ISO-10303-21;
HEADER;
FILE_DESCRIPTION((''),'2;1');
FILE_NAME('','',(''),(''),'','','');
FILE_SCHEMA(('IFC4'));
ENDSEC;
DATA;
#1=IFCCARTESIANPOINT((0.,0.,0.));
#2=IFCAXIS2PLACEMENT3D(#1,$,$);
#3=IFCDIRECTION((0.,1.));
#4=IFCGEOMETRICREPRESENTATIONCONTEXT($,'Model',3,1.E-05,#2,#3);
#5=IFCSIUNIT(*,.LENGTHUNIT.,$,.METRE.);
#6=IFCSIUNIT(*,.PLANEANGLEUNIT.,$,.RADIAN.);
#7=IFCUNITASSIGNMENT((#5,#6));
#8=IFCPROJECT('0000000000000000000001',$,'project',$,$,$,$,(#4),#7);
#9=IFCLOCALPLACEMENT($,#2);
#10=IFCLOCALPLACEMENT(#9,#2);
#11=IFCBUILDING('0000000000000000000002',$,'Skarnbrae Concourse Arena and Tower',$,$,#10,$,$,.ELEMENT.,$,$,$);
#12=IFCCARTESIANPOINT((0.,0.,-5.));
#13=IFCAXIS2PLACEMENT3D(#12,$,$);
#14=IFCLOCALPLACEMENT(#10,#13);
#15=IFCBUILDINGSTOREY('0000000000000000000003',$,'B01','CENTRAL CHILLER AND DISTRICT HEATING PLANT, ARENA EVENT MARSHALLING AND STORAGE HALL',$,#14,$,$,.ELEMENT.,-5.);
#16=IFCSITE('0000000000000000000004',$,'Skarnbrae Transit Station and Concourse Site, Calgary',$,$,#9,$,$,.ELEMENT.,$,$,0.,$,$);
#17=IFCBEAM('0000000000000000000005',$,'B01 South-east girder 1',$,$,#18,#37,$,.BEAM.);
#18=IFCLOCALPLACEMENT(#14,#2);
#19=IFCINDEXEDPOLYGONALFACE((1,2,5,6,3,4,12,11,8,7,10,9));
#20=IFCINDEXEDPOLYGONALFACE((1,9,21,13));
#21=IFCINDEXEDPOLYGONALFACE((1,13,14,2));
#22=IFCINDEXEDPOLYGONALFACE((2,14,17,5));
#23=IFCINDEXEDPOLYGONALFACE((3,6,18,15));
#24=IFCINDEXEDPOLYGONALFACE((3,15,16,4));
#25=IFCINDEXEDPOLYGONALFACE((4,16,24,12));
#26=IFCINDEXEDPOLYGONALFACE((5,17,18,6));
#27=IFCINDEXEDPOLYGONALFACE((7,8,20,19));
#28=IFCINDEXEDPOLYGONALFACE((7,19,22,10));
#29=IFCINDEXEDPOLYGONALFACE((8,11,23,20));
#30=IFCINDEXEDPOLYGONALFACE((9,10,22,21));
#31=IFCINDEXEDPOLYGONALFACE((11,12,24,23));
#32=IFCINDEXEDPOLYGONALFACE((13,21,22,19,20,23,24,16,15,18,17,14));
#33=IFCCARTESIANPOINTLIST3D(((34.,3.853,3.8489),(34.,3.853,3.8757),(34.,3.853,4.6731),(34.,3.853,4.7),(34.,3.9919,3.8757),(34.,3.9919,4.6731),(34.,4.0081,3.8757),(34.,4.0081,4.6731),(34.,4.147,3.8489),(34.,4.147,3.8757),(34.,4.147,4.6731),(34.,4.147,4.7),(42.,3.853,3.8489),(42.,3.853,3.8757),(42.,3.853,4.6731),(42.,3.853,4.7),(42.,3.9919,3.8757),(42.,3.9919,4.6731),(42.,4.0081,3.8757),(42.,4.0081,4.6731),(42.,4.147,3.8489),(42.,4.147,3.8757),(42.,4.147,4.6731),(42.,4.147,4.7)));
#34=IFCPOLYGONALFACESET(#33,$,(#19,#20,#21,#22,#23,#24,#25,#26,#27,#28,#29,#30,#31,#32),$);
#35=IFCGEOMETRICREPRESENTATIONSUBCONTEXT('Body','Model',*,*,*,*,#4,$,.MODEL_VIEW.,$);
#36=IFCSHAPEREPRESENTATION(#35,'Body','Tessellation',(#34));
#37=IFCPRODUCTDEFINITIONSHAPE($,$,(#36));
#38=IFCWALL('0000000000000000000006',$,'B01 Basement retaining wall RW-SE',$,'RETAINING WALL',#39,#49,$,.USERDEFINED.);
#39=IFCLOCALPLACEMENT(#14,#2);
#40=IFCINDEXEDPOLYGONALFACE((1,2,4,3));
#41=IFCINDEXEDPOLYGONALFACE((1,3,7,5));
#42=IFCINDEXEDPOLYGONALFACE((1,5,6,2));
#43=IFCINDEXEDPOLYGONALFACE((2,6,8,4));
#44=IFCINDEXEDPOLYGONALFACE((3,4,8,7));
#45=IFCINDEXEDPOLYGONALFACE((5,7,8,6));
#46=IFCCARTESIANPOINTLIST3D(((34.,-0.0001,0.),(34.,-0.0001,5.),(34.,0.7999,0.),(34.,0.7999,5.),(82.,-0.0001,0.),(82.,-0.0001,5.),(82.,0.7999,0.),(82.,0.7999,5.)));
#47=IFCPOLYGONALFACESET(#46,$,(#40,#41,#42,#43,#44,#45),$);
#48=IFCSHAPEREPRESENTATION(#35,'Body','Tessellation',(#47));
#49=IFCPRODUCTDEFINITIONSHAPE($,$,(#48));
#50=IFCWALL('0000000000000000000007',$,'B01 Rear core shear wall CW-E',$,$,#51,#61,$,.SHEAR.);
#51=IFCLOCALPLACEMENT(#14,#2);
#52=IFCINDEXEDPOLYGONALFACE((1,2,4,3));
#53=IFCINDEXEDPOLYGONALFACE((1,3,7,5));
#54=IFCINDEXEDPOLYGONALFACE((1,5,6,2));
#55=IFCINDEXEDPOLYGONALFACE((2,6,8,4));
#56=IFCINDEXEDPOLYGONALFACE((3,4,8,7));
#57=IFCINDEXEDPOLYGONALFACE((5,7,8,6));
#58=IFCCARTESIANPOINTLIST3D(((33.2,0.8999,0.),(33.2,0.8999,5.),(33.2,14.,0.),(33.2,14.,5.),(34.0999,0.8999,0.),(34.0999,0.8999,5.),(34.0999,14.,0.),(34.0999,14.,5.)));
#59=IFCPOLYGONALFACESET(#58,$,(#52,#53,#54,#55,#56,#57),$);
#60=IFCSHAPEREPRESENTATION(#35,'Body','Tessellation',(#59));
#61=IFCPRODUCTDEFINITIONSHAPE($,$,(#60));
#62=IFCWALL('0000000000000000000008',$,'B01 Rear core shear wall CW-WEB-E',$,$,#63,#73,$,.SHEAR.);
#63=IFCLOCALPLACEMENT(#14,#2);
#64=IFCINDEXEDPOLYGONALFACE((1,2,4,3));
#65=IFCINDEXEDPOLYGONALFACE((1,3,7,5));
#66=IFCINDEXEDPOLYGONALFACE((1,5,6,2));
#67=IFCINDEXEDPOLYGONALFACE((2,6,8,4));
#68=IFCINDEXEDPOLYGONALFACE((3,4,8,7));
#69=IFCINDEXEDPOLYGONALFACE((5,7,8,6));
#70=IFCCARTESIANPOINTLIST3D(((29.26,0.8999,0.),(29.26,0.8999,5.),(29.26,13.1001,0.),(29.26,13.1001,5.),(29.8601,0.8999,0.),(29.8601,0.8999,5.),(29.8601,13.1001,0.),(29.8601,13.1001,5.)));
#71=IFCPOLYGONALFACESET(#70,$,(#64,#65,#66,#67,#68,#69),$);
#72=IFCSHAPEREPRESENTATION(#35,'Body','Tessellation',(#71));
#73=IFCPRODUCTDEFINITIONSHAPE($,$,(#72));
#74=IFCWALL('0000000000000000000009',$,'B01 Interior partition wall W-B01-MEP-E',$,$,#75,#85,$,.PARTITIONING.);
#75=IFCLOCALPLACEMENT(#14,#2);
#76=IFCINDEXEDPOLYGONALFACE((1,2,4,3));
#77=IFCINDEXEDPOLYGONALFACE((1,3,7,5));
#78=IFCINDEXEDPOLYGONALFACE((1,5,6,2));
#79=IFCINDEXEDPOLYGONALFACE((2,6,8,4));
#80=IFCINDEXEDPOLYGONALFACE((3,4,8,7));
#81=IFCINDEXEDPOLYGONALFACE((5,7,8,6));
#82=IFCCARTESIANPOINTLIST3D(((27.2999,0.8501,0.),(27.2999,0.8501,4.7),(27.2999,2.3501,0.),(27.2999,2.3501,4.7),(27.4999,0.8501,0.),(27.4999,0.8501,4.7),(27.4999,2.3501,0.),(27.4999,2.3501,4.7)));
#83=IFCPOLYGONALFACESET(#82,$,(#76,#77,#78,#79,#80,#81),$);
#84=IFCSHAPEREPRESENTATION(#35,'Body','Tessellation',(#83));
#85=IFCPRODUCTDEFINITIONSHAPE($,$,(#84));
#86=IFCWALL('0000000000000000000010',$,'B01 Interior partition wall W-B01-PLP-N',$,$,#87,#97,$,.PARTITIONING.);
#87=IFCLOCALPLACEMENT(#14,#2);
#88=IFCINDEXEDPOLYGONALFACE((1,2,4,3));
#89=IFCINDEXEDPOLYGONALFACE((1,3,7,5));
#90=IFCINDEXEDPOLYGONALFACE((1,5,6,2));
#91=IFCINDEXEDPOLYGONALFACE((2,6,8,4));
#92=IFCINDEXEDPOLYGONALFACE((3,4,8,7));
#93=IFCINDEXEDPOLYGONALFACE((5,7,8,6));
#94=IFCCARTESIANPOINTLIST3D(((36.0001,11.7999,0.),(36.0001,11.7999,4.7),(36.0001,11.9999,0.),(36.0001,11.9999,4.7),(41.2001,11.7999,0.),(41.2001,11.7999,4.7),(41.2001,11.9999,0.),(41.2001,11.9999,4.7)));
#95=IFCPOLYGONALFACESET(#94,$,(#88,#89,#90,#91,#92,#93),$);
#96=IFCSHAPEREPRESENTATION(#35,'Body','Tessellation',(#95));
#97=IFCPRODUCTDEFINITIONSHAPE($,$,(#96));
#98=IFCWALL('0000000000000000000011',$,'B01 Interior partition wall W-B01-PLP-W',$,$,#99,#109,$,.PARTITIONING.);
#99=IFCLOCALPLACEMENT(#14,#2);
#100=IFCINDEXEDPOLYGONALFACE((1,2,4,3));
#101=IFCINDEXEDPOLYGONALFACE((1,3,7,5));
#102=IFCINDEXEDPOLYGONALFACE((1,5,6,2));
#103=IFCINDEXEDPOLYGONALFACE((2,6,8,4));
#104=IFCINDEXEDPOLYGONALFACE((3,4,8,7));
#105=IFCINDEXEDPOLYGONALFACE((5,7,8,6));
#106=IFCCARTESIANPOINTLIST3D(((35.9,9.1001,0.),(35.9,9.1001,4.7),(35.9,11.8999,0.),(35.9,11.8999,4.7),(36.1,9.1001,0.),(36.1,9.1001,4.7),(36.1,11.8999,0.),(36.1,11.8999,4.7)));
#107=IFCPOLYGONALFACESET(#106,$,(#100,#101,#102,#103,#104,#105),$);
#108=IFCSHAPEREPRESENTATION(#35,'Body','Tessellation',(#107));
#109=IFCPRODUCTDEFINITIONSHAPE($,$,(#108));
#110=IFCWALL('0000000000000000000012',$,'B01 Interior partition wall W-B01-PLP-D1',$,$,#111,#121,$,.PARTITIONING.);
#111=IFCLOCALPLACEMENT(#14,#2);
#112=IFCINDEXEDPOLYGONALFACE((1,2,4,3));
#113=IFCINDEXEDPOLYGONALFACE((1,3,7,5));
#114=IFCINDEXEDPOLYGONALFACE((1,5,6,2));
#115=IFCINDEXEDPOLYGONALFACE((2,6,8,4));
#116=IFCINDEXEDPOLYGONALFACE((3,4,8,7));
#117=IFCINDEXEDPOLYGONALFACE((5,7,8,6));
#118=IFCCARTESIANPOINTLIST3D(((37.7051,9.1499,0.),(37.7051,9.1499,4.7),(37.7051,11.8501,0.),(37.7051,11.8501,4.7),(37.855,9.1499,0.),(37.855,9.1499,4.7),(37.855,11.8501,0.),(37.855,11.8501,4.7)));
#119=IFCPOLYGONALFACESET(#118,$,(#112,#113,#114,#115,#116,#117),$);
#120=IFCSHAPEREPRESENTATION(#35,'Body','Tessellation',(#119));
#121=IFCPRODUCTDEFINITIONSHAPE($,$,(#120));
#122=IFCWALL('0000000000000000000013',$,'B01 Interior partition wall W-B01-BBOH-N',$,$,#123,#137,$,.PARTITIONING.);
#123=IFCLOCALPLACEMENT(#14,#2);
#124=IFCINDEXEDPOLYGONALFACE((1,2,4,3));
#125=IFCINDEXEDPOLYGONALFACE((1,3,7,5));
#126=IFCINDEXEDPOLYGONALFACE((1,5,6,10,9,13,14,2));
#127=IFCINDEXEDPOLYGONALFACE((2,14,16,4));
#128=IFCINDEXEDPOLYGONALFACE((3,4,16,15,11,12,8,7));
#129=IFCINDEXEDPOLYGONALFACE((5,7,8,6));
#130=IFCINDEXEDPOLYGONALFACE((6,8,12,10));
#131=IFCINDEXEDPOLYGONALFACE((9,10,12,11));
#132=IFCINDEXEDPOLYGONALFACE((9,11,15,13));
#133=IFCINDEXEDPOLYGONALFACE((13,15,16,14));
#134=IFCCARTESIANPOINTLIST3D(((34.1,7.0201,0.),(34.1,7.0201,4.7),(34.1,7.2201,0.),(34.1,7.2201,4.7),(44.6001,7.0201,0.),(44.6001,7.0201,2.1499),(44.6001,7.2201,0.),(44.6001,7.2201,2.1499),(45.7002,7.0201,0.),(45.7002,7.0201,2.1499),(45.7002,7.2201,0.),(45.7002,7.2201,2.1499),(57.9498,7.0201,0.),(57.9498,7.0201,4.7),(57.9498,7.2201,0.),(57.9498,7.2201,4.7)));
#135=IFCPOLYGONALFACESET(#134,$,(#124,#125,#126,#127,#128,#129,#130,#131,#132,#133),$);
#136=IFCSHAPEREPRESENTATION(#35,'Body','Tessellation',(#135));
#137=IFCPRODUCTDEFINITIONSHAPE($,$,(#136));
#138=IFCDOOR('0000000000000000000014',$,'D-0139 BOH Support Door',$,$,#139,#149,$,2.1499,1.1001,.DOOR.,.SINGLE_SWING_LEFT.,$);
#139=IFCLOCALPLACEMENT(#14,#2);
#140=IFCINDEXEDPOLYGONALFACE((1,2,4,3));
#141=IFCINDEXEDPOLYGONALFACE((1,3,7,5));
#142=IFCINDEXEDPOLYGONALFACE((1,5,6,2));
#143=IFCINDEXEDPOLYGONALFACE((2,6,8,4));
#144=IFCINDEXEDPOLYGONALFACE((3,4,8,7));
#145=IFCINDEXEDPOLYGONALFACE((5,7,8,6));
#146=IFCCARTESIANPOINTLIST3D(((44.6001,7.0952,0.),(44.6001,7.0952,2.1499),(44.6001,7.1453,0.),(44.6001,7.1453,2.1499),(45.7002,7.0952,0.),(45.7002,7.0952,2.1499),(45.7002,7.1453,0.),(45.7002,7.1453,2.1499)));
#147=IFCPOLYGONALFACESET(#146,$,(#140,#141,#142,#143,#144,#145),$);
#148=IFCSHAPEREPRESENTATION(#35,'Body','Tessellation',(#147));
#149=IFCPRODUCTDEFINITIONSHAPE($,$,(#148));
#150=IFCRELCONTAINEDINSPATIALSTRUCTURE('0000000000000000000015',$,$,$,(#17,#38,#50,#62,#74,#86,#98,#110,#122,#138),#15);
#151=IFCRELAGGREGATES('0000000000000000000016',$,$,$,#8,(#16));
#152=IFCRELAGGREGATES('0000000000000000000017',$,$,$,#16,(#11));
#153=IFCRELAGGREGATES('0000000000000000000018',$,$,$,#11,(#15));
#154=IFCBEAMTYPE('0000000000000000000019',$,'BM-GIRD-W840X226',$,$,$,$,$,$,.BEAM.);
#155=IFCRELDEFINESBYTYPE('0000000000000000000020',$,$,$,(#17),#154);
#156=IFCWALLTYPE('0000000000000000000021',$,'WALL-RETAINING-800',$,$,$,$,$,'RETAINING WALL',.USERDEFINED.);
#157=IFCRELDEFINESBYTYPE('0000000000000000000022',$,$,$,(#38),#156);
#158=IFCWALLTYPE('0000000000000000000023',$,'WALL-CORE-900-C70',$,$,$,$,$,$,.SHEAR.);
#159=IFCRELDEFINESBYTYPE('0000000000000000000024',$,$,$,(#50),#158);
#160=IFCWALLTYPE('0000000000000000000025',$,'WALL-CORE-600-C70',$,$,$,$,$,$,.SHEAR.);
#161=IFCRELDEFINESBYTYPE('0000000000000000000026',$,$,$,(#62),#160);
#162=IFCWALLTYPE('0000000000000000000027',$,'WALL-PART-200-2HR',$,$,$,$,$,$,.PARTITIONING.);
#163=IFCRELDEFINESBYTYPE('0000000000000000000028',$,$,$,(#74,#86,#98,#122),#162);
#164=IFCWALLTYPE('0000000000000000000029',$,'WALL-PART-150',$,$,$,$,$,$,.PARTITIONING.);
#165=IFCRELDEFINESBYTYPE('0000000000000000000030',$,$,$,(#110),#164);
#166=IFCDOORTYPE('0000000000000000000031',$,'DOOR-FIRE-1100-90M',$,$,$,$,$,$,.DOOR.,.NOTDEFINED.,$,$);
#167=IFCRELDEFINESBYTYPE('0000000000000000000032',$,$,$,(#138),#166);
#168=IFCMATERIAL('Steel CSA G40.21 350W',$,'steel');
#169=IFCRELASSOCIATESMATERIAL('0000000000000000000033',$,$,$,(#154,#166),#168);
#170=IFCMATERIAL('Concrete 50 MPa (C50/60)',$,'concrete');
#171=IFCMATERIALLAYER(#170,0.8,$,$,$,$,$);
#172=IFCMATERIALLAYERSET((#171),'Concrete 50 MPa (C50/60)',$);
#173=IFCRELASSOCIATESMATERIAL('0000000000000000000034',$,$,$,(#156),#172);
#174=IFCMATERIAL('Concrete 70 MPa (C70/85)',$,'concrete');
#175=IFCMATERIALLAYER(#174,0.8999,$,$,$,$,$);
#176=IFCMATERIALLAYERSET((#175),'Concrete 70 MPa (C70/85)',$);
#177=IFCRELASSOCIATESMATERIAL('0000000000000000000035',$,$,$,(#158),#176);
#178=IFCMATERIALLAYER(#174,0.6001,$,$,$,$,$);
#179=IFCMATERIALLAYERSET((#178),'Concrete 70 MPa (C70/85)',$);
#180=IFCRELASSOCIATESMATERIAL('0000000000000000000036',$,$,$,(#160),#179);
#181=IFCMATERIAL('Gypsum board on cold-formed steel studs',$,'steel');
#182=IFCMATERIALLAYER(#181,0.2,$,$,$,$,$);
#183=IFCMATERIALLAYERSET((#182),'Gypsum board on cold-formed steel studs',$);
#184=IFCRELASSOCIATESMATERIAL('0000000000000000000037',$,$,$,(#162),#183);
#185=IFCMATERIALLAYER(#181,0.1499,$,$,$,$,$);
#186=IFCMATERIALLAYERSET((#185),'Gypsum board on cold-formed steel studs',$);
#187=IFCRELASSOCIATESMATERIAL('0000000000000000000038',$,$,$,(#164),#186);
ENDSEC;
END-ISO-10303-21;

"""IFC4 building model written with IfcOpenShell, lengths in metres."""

from ifc_helpers import new_model, si_unit, direction, frame, frame_2d, origin, origin_2d, place, context, subcontext, project, spatial, rectangle, i_section, extrude, source, transform, mapped, material, layer, layer_set, material_profile, profile_set, type_object, element, fill, save


model = new_model("IFC4")

# Units and contexts
model_context = context("Model", 3, precision=1e-05, world=origin(), true_north=direction((0.0, 1.0)))
body_context = subcontext(model_context, "Body", "Model", "MODEL_VIEW")
ifc_project = project(units=[si_unit("LENGTHUNIT", "METRE"), si_unit("PLANEANGLEUNIT", "RADIAN")], contexts=[model_context])

# Site, building, storey
site_placement = place(None, origin())
site = spatial("IfcSite", under=ifc_project, at=site_placement, Name="Skarnbrae Transit Station and Concourse Site, Calgary", CompositionType="ELEMENT", RefElevation=0.0)
building_placement = place(site_placement, origin())
building = spatial("IfcBuilding", under=site, at=building_placement, Name="Skarnbrae Concourse Arena and Tower", CompositionType="ELEMENT")
storey_placement = place(building_placement, frame((0.0, 0.0, -5.0)))
storey = spatial("IfcBuildingStorey", under=building, at=storey_placement, Name="B01", Description="CENTRAL CHILLER AND DISTRICT HEATING PLANT, ARENA EVENT MARSHALLING AND STORAGE HALL", CompositionType="ELEMENT", Elevation=-5.0)

# Beam
ifc_material_1 = material(Name="Steel CSA G40.21 350W", Category="steel")
ifc_material_profile = material_profile(ifc_material_1, i_section(OverallWidth=0.2939, OverallDepth=0.8511, WebThickness=0.0161, FlangeThickness=0.0269, at=origin_2d()), Name="W840X226")
ifc_profile_set = profile_set([ifc_material_profile], Name="Steel CSA G40.21 350W")
beam_type = type_object("IfcBeamType", Name="BM-GIRD-W840X226", PredefinedType="BEAM", material=ifc_profile_set)
shared_shape_1 = source(origin(), body_context, "Body", "SweptSolid", [
    extrude(i_section(OverallWidth=0.2939, OverallDepth=0.8511, WebThickness=0.0161, FlangeThickness=0.0269, at=origin_2d()), origin(), (0.0, 0.0, 1.0), 8.0),
])
beam_placement = place(storey_placement, frame((34.0, 4.0, 4.2744), z_axis=(1.0, 0.0, 0.0), x_axis=(0.0, 1.0, 0.0)))
element("IfcBeam", 1, at=beam_placement, inside=storey, type_object=beam_type, Name="B01 South-east girder 1", PredefinedType="BEAM", context=body_context, shape_type="MappedRepresentation", body=[
    mapped(shared_shape_1, transform((0.0, 0.0, 0.0))),
])

# Walls
ifc_material_2 = material(Name="Concrete 50 MPa (C50/60)", Category="concrete")
ifc_layer_1 = layer(ifc_material_2, 0.8)
ifc_layer_set_1 = layer_set([ifc_layer_1], Name="Concrete 50 MPa (C50/60)")
wall_type_1 = type_object("IfcWallType", Name="WALL-RETAINING-800", ElementType="RETAINING WALL", PredefinedType="USERDEFINED", material=ifc_layer_set_1)
shared_shape_2 = source(origin(), body_context, "Body", "SweptSolid", [
    extrude(rectangle(XDim=48.0, YDim=0.8, at=frame_2d((24.0, 0.0))), origin(), (0.0, 0.0, 1.0), 5.0),
])
wall_1_placement = place(storey_placement, frame((34.0, 0.3999, 0.0), z_axis=(0.0, 0.0, 1.0), x_axis=(1.0, 0.0, 0.0)))
element("IfcWall", 2, at=wall_1_placement, inside=storey, type_object=wall_type_1, Name="B01 Basement retaining wall RW-SE", ObjectType="RETAINING WALL", PredefinedType="USERDEFINED", context=body_context, shape_type="MappedRepresentation", body=[
    mapped(shared_shape_2, transform((0.0, 0.0, 0.0))),
])
ifc_material_3 = material(Name="Concrete 70 MPa (C70/85)", Category="concrete")
ifc_layer_2 = layer(ifc_material_3, 0.8999)
ifc_layer_set_2 = layer_set([ifc_layer_2], Name="Concrete 70 MPa (C70/85)")
wall_type_2 = type_object("IfcWallType", Name="WALL-CORE-900-C70", PredefinedType="SHEAR", material=ifc_layer_set_2)
shared_shape_3 = source(origin(), body_context, "Body", "SweptSolid", [
    extrude(rectangle(XDim=13.1001, YDim=0.8999, at=frame_2d((6.55, 0.0))), origin(), (0.0, 0.0, 1.0), 5.0),
])
wall_2_placement = place(storey_placement, frame((33.6499, 0.8999, 0.0), z_axis=(0.0, 0.0, 1.0), x_axis=(0.0, 1.0, 0.0)))
element("IfcWall", 3, at=wall_2_placement, inside=storey, type_object=wall_type_2, Name="B01 Rear core shear wall CW-E", PredefinedType="SHEAR", context=body_context, shape_type="MappedRepresentation", body=[
    mapped(shared_shape_3, transform((0.0, 0.0, 0.0))),
])
ifc_layer_3 = layer(ifc_material_3, 0.6001)
ifc_layer_set_3 = layer_set([ifc_layer_3], Name="Concrete 70 MPa (C70/85)")
wall_type_3 = type_object("IfcWallType", Name="WALL-CORE-600-C70", PredefinedType="SHEAR", material=ifc_layer_set_3)
shared_shape_4 = source(origin(), body_context, "Body", "SweptSolid", [
    extrude(rectangle(XDim=12.2002, YDim=0.6001, at=frame_2d((6.1001, 0.0))), origin(), (0.0, 0.0, 1.0), 5.0),
])
wall_3_placement = place(storey_placement, frame((29.5601, 0.8999, 0.0), z_axis=(0.0, 0.0, 1.0), x_axis=(0.0, 1.0, 0.0)))
element("IfcWall", 4, at=wall_3_placement, inside=storey, type_object=wall_type_3, Name="B01 Rear core shear wall CW-WEB-E", PredefinedType="SHEAR", context=body_context, shape_type="MappedRepresentation", body=[
    mapped(shared_shape_4, transform((0.0, 0.0, 0.0))),
])

# Shared definitions
door_type_1 = type_object("IfcDoorType", Name="DOOR-FIRE-1100-90M", OperationType="NOTDEFINED", PredefinedType="DOOR", material=ifc_material_1)
shared_shape_5 = source(origin(), body_context, "Body", "SweptSolid", [
    extrude(rectangle(XDim=1.1001, YDim=2.1499, at=frame_2d((0.55, 1.075))), frame((0.0, 0.0249, 0.0), z_axis=(0.0, -1.0, 0.0), x_axis=(1.0, 0.0, 0.0)), (0.0, 0.0, 1.0), 0.05),
])

# Wall
ifc_material_4 = material(Name="Gypsum board on cold-formed steel studs", Category="steel")
ifc_layer_4 = layer(ifc_material_4, 0.2)
ifc_layer_set_4 = layer_set([ifc_layer_4], Name="Gypsum board on cold-formed steel studs")
wall_type_4 = type_object("IfcWallType", Name="WALL-PART-200-2HR", PredefinedType="PARTITIONING", material=ifc_layer_set_4)
shared_shape_6 = source(origin(), body_context, "Body", "SweptSolid", [
    extrude(rectangle(XDim=1.5, YDim=0.2, at=frame_2d((0.75, 0.0))), origin(), (0.0, 0.0, 1.0), 4.7),
])
wall_4_placement = place(storey_placement, frame((27.3999, 0.8501, 0.0), z_axis=(0.0, 0.0, 1.0), x_axis=(0.0, 1.0, 0.0)))
element("IfcWall", 5, at=wall_4_placement, inside=storey, type_object=wall_type_4, Name="B01 Interior partition wall W-B01-MEP-E", PredefinedType="PARTITIONING", context=body_context, shape_type="MappedRepresentation", body=[
    mapped(shared_shape_6, transform((0.0, 0.0, 0.0))),
])

# Shared definitions
shared_shape_7 = source(origin(), body_context, "Body", "SweptSolid", [
    extrude(rectangle(XDim=5.2, YDim=0.2, at=frame_2d((2.6001, 0.0))), origin(), (0.0, 0.0, 1.0), 4.7),
])

# Walls
wall_5_placement = place(storey_placement, frame((36.0, 11.8999, 0.0), z_axis=(0.0, 0.0, 1.0), x_axis=(1.0, 0.0, 0.0)))
element("IfcWall", 6, at=wall_5_placement, inside=storey, type_object=wall_type_4, Name="B01 Interior partition wall W-B01-PLP-N", PredefinedType="PARTITIONING", context=body_context, shape_type="MappedRepresentation", body=[
    mapped(shared_shape_7, transform((0.0, 0.0, 0.0))),
])
shared_shape_8 = source(origin(), body_context, "Body", "SweptSolid", [
    extrude(rectangle(XDim=2.7998, YDim=0.2, at=frame_2d((1.3999, 0.0))), origin(), (0.0, 0.0, 1.0), 4.7),
])
wall_6_placement = place(storey_placement, frame((36.0, 9.1001, 0.0), z_axis=(0.0, 0.0, 1.0), x_axis=(0.0, 1.0, 0.0)))
element("IfcWall", 7, at=wall_6_placement, inside=storey, type_object=wall_type_4, Name="B01 Interior partition wall W-B01-PLP-W", PredefinedType="PARTITIONING", context=body_context, shape_type="MappedRepresentation", body=[
    mapped(shared_shape_8, transform((0.0, 0.0, 0.0))),
])
ifc_layer_5 = layer(ifc_material_4, 0.1499)
ifc_layer_set_5 = layer_set([ifc_layer_5], Name="Gypsum board on cold-formed steel studs")
wall_type_5 = type_object("IfcWallType", Name="WALL-PART-150", PredefinedType="PARTITIONING", material=ifc_layer_set_5)
shared_shape_9 = source(origin(), body_context, "Body", "SweptSolid", [
    extrude(rectangle(XDim=2.7002, YDim=0.1499, at=frame_2d((1.3501, 0.0))), origin(), (0.0, 0.0, 1.0), 4.7),
])
wall_7_placement = place(storey_placement, frame((37.78, 9.1499, 0.0), z_axis=(0.0, 0.0, 1.0), x_axis=(0.0, 1.0, 0.0)))
element("IfcWall", 8, at=wall_7_placement, inside=storey, type_object=wall_type_5, Name="B01 Interior partition wall W-B01-PLP-D1", PredefinedType="PARTITIONING", context=body_context, shape_type="MappedRepresentation", body=[
    mapped(shared_shape_9, transform((0.0, 0.0, 0.0))),
])

# Wall, opening, door
shared_shape_10 = source(origin(), body_context, "Body", "SweptSolid", [
    extrude(rectangle(XDim=23.8499, YDim=0.2, at=frame_2d((11.9248, 0.0))), origin(), (0.0, 0.0, 1.0), 4.7),
])
wall_8_placement = place(storey_placement, frame((34.1001, 7.1201, 0.0), z_axis=(0.0, 0.0, 1.0), x_axis=(1.0, 0.0, 0.0)))
wall_8 = element("IfcWall", 9, at=wall_8_placement, inside=storey, type_object=wall_type_4, Name="B01 Interior partition wall W-B01-BBOH-N", PredefinedType="PARTITIONING", context=body_context, shape_type="MappedRepresentation", body=[
    mapped(shared_shape_10, transform((0.0, 0.0, 0.0))),
])
opening_1_placement = place(wall_8_placement, frame((10.5, 0.0, 0.0)))
opening_1 = element("IfcOpeningElement", 10, at=opening_1_placement, cuts=wall_8, PredefinedType="OPENING", context=body_context, shape_type="SweptSolid", body=[
    extrude(rectangle(XDim=1.1001, YDim=2.1499, at=frame_2d((0.55, 1.075))), frame((0.0, 0.1099, 0.0), z_axis=(0.0, -1.0, 0.0), x_axis=(1.0, 0.0, 0.0)), (0.0, 0.0, 1.0), 0.22),
])
door_1_placement = place(opening_1_placement, frame((1.1001, 0.0, 0.0), z_axis=(0.0, 0.0, 1.0), x_axis=(-1.0, 0.0, 0.0)))
door_1 = element("IfcDoor", 11, at=door_1_placement, inside=storey, type_object=door_type_1, Name="D-0139 BOH Support Door", OperationType="SINGLE_SWING_LEFT", OverallHeight=2.1499, OverallWidth=1.1001, PredefinedType="DOOR", context=body_context, shape_type="MappedRepresentation", body=[
    mapped(shared_shape_5, transform((0.0, 0.0, 0.0))),
])
fill(opening_1, door_1)

save(model, "model.ifc")
